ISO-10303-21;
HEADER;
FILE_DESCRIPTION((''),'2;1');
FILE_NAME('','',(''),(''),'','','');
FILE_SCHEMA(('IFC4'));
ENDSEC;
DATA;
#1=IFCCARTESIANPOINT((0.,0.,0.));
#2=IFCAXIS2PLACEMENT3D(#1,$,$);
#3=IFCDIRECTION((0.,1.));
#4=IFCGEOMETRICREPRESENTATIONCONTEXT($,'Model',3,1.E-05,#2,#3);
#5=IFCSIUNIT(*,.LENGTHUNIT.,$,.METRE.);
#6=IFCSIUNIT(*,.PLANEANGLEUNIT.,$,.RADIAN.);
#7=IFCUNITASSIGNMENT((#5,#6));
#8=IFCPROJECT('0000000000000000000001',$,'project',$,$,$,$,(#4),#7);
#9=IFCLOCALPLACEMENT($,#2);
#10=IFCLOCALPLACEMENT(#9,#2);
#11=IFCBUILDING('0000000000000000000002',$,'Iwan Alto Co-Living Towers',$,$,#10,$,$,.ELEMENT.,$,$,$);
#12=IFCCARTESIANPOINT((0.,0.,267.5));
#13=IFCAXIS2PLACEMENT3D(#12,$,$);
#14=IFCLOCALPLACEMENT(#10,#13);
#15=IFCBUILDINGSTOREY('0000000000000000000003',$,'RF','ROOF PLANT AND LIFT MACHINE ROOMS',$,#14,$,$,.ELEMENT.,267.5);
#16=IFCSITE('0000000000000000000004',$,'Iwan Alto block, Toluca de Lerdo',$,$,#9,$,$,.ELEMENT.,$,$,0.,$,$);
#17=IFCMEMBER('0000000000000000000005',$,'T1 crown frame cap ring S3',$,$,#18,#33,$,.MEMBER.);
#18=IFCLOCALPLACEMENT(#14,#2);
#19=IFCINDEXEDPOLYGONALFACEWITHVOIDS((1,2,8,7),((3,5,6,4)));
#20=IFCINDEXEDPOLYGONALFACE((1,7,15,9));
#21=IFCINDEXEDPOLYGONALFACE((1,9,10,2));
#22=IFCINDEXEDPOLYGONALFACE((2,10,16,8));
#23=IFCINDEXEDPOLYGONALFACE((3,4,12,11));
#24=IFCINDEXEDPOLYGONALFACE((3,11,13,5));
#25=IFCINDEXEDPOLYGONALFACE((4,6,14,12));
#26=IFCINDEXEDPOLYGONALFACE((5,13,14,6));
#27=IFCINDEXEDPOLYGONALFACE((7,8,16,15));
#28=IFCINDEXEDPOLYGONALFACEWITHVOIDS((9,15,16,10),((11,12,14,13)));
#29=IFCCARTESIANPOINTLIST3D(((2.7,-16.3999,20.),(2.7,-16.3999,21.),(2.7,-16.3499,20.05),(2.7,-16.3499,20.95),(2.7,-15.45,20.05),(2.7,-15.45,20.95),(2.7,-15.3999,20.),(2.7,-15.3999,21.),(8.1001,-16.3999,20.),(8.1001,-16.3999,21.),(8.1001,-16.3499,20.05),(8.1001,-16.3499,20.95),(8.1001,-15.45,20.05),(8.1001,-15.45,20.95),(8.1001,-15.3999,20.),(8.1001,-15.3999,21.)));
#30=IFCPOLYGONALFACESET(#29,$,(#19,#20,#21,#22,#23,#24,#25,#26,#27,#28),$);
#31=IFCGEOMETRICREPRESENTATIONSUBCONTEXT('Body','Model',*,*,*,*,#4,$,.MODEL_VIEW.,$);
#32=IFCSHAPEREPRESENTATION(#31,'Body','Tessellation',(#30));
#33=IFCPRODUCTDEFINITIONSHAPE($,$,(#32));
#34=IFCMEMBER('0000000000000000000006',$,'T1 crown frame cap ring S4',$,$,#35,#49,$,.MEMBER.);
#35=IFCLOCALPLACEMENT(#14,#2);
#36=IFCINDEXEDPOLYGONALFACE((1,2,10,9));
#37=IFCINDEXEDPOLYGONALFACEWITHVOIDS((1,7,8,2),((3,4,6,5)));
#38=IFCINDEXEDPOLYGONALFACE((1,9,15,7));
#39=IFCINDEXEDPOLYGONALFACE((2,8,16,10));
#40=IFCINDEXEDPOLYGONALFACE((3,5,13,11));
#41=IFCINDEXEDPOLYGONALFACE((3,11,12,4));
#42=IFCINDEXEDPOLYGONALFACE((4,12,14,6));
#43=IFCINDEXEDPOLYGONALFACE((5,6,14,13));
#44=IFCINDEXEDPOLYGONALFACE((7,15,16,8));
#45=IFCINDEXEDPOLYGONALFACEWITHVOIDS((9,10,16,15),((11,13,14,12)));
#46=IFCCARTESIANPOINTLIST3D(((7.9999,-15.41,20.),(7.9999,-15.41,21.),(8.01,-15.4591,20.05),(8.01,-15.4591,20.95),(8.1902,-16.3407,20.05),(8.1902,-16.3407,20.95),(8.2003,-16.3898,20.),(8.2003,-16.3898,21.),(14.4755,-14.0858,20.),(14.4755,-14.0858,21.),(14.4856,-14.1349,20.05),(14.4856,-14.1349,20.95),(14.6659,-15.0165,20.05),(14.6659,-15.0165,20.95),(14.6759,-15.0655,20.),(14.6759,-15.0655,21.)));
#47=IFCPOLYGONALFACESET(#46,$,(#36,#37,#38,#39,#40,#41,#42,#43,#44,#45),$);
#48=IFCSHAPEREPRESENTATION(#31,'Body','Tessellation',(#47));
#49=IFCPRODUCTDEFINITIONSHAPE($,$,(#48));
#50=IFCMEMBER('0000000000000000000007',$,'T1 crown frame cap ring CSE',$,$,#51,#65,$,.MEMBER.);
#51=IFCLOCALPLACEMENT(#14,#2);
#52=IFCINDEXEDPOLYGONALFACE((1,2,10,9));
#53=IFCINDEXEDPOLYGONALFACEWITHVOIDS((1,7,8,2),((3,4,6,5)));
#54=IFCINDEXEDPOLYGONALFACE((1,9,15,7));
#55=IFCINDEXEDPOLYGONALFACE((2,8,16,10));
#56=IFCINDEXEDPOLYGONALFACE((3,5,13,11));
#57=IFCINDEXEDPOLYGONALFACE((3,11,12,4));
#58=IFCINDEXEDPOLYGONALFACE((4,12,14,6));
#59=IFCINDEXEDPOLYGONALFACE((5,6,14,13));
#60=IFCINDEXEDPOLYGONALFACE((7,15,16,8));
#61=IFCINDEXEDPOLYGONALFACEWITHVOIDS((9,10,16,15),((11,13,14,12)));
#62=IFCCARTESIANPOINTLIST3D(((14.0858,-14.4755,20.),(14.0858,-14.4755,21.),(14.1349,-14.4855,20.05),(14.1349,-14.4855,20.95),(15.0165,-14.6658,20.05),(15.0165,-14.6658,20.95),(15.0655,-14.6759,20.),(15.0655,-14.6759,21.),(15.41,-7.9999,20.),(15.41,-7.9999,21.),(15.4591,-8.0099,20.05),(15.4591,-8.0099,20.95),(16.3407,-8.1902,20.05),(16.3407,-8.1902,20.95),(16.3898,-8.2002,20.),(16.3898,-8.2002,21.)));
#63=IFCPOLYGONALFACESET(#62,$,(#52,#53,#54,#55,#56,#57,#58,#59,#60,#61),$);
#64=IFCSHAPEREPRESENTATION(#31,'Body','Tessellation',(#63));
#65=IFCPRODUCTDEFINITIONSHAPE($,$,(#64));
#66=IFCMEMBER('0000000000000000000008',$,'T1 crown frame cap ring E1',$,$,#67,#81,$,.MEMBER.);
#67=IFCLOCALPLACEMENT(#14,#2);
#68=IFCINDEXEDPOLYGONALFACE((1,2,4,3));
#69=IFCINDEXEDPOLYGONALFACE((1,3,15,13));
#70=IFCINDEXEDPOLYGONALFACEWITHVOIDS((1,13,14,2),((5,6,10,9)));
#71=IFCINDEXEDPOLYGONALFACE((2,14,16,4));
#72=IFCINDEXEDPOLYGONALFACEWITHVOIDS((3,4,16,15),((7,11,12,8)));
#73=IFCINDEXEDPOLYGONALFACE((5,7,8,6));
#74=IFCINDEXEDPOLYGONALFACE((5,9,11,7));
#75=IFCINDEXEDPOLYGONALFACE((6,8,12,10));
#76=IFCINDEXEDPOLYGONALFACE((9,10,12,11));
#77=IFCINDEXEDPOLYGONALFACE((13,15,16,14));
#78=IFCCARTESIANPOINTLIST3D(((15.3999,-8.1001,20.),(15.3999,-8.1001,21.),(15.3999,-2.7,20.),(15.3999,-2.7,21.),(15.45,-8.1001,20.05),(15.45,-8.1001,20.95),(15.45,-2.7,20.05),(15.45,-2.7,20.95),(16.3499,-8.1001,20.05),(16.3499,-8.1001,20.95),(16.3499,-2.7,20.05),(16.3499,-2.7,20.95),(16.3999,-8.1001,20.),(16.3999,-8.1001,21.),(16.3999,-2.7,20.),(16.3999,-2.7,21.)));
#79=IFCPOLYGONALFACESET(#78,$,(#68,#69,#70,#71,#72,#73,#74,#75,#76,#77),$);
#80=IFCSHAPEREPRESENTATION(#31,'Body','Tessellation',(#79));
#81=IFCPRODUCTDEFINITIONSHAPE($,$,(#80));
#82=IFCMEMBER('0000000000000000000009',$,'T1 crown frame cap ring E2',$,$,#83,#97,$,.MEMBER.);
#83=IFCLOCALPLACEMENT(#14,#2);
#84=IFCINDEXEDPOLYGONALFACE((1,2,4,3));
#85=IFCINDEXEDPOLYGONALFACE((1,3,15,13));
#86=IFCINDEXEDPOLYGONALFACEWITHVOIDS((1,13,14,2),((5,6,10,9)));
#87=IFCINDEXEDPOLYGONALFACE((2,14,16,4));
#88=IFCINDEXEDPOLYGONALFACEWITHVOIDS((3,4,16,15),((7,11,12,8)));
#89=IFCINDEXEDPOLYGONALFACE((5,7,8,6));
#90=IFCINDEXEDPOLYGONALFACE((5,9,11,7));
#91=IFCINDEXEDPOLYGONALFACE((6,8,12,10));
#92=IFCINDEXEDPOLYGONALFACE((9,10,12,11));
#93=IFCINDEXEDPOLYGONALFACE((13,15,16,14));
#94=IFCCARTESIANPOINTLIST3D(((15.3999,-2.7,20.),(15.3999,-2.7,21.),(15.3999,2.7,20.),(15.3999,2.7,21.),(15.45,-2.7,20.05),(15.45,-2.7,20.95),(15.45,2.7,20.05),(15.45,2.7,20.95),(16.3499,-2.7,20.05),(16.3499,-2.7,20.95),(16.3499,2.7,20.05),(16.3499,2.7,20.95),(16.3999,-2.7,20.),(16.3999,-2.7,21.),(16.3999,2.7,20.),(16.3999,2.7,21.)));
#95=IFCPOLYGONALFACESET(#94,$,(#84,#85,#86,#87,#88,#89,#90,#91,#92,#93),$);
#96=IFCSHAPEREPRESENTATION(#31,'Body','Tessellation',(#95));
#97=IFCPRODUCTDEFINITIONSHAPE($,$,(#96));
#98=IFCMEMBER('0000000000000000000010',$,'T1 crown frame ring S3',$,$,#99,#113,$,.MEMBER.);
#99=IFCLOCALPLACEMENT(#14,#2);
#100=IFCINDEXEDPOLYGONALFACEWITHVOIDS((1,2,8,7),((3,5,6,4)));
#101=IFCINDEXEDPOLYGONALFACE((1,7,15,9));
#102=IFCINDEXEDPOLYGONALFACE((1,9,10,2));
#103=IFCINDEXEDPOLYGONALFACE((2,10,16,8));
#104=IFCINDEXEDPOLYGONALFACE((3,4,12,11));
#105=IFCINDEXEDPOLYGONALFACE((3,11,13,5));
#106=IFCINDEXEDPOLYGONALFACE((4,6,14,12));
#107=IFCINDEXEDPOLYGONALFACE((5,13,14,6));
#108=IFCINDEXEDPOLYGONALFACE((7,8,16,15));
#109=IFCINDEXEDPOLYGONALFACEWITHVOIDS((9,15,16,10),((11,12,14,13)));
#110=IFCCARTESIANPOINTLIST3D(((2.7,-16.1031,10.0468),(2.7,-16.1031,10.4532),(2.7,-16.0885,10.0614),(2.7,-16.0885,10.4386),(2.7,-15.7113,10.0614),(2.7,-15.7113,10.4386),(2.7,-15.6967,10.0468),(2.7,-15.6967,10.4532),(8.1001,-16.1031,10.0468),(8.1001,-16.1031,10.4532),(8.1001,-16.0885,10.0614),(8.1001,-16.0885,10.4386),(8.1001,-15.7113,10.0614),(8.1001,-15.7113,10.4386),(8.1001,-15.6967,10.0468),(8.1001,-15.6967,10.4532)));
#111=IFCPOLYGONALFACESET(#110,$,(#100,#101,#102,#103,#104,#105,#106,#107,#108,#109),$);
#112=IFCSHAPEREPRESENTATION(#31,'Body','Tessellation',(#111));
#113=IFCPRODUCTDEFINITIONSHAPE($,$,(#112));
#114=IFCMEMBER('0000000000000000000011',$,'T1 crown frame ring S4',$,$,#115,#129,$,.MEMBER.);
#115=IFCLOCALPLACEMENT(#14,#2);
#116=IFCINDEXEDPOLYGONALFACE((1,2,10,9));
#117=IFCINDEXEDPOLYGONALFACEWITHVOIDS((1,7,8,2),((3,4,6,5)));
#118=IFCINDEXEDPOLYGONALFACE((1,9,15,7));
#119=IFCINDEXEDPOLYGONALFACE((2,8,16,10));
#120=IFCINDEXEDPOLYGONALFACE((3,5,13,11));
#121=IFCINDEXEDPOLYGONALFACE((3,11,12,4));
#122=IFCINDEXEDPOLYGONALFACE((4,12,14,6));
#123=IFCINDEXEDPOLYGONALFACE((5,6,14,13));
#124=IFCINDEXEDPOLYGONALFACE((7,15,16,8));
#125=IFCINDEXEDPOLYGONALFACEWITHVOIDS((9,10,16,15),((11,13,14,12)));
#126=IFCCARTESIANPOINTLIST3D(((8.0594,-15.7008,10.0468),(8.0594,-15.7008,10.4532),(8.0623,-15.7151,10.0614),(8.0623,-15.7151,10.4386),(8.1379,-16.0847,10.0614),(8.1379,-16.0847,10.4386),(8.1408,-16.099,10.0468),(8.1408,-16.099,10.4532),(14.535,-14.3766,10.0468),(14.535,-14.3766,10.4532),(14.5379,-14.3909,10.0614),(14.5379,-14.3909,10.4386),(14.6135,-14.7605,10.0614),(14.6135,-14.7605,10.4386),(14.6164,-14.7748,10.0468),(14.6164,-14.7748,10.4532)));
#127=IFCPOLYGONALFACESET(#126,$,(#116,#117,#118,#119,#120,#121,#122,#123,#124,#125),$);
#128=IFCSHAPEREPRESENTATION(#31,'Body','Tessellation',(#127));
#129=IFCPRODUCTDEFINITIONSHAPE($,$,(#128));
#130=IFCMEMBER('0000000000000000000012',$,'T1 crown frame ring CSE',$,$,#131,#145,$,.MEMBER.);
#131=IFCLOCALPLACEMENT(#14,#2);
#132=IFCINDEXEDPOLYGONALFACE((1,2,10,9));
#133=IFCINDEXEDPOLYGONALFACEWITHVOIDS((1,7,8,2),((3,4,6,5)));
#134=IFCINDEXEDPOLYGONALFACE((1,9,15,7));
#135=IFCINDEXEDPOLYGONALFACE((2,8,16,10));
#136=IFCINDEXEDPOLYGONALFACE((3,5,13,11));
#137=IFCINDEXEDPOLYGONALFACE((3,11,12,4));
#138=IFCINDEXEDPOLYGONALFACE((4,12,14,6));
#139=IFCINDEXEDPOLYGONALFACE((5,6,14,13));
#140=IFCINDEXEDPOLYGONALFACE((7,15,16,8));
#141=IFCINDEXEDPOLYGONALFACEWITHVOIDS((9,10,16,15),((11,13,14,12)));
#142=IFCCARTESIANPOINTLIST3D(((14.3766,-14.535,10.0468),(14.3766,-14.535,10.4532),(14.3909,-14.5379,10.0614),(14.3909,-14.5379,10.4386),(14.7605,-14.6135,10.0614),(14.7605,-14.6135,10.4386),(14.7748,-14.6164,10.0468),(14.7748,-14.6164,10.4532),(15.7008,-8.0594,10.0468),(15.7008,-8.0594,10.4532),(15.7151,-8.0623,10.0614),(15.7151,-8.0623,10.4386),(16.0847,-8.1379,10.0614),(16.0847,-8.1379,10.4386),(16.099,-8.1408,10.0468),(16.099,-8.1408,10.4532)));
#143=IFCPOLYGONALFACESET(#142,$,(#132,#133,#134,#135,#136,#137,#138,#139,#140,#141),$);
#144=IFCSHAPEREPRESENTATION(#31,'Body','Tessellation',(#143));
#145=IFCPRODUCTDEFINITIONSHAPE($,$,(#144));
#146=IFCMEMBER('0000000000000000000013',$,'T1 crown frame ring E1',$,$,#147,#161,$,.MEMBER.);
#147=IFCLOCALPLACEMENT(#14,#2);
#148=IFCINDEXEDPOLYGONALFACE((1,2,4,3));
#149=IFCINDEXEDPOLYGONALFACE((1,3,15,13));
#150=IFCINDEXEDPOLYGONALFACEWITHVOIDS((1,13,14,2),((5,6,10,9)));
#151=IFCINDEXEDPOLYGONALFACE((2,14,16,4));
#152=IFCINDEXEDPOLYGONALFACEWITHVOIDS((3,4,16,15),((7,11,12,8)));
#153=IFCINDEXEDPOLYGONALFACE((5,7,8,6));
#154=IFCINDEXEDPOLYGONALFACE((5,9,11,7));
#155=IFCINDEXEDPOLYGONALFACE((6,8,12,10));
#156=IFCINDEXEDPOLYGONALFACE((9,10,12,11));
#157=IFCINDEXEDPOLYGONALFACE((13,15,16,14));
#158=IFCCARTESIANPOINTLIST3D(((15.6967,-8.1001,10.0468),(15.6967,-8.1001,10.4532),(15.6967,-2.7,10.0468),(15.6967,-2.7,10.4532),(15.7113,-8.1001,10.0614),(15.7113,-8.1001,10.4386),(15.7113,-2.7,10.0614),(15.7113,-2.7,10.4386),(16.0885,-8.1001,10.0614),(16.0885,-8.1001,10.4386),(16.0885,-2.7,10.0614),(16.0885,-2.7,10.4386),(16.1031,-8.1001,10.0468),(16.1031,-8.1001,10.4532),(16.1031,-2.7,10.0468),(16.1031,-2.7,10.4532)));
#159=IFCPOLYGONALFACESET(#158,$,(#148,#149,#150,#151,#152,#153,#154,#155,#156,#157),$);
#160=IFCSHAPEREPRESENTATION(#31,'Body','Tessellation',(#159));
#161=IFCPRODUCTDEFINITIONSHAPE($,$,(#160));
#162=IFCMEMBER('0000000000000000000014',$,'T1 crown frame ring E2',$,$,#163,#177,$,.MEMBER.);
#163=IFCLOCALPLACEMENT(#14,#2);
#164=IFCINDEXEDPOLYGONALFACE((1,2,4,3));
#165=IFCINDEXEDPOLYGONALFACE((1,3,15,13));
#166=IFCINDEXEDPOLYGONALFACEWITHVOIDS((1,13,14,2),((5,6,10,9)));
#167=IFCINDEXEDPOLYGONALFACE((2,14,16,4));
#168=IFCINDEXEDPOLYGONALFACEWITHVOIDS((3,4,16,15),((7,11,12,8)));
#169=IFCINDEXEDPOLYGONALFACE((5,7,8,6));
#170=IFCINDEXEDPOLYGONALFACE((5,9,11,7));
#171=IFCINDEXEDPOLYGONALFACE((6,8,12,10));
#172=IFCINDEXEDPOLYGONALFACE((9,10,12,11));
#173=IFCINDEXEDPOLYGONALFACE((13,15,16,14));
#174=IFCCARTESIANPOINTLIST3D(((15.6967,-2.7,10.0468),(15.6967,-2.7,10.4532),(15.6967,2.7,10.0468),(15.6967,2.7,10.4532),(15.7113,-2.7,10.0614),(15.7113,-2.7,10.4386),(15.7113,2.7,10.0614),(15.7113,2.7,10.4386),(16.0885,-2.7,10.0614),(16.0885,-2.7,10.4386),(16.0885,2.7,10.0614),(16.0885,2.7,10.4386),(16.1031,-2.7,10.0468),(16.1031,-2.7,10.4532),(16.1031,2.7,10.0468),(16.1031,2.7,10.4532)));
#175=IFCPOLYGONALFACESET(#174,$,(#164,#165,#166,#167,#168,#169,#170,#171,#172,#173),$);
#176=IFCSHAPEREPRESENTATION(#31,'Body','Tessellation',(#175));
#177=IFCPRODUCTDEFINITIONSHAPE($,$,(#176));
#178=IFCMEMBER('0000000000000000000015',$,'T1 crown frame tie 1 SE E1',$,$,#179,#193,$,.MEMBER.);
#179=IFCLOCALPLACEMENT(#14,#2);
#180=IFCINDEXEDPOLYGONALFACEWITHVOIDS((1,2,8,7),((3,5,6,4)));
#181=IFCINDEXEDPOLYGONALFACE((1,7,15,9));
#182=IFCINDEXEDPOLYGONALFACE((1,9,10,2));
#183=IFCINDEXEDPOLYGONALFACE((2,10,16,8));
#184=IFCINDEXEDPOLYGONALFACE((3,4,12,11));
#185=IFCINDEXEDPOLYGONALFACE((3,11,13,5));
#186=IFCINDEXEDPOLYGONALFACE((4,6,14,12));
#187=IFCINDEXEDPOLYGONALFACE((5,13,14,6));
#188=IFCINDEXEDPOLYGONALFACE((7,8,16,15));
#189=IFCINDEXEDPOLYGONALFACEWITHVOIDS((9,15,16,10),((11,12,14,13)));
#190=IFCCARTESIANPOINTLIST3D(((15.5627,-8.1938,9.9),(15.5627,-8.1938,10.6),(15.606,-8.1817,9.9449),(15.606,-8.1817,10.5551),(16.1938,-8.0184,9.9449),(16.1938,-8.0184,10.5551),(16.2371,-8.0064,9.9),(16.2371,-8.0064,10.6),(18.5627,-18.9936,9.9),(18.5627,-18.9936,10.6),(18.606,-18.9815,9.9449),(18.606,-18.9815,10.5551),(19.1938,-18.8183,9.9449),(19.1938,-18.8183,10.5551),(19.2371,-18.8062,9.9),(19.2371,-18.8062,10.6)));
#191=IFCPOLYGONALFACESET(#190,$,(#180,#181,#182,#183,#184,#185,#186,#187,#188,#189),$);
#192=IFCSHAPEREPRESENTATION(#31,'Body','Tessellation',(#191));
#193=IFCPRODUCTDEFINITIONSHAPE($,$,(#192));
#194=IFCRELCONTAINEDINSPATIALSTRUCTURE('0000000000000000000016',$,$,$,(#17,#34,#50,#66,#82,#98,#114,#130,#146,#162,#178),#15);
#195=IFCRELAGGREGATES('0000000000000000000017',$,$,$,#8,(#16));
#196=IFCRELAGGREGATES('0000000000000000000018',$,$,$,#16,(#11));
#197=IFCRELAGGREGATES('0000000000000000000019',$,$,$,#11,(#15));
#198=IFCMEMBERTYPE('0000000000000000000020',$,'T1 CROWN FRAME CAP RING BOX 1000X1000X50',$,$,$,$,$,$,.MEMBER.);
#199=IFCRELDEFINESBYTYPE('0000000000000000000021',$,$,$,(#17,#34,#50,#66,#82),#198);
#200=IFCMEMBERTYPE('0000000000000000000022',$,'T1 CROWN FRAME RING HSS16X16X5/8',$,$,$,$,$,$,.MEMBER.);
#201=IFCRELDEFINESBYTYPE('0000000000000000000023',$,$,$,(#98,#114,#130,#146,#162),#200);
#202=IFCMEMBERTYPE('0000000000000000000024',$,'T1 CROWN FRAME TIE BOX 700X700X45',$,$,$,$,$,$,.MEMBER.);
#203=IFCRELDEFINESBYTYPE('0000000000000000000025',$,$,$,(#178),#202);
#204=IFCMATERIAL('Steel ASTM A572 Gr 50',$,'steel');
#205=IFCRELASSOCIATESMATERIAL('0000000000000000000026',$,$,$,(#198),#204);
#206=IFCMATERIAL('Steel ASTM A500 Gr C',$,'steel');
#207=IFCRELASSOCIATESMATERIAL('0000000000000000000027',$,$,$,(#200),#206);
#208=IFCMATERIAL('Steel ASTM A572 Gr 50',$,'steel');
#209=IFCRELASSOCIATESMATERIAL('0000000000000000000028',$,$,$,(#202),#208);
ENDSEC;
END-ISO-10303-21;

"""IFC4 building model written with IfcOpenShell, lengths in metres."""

from ifc_helpers import new_model, si_unit, direction, frame, origin, origin_2d, place, context, subcontext, project, spatial, hollow_rectangle, extrude, material, material_profile, profile_set, type_object, element, save


model = new_model("IFC4")

# Units and contexts
model_context = context("Model", 3, precision=1e-05, world=origin(), true_north=direction((0.0, 1.0)))
body_context = subcontext(model_context, "Body", "Model", "MODEL_VIEW")
ifc_project = project(units=[si_unit("LENGTHUNIT", "METRE"), si_unit("PLANEANGLEUNIT", "RADIAN")], contexts=[model_context])

# Site, building, storey
site_placement = place(None, origin())
site = spatial("IfcSite", under=ifc_project, at=site_placement, Name="Iwan Alto block, Toluca de Lerdo", CompositionType="ELEMENT", RefElevation=0.0)
building_placement = place(site_placement, origin())
building = spatial("IfcBuilding", under=site, at=building_placement, Name="Iwan Alto Co-Living Towers", CompositionType="ELEMENT")
storey_placement = place(building_placement, frame((0.0, 0.0, 267.5)))
storey = spatial("IfcBuildingStorey", under=building, at=storey_placement, Name="RF", Description="ROOF PLANT AND LIFT MACHINE ROOMS", CompositionType="ELEMENT", Elevation=267.5)

# Members
ifc_material_1 = material(Name="Steel ASTM A572 Gr 50", Category="steel")
ifc_material_profile_1 = material_profile(ifc_material_1, hollow_rectangle(XDim=1.0, YDim=1.0, WallThickness=0.05, at=origin_2d()), Name="BOX 1000X1000X50")
ifc_profile_set_1 = profile_set([ifc_material_profile_1], Name="Steel ASTM A572 Gr 50")
member_type_1 = type_object("IfcMemberType", Name="T1 CROWN FRAME CAP RING BOX 1000X1000X50", PredefinedType="MEMBER", material=ifc_profile_set_1)
member_1_placement = place(storey_placement, frame((2.7, -15.8999, 20.5), z_axis=(1.0, 0.0, 0.0), x_axis=(0.0, 1.0, 0.0)))
element("IfcMember", 1, at=member_1_placement, inside=storey, type_object=member_type_1, Name="T1 crown frame cap ring S3", PredefinedType="MEMBER", context=body_context, shape_type="SweptSolid", body=[
    extrude(hollow_rectangle(XDim=1.0, YDim=1.0, WallThickness=0.05, at=origin_2d()), origin(), (0.0, 0.0, 1.0), 5.4001),
])
for number, where, z_axis, x_axis, name in (
    (2, (8.1001, -15.8999, 20.5), (0.979725, 0.200348, 0.0), (-0.200348, 0.979725, 0.0), "T1 crown frame cap ring S4"),
    (3, (14.5757, -14.5757, 20.5), (0.200348, 0.979725, 0.0), (-0.979725, 0.200348, 0.0), "T1 crown frame cap ring CSE"),
):
    element("IfcMember", number, at=place(storey_placement, frame(where, z_axis=z_axis, x_axis=x_axis)), inside=storey, type_object=member_type_1, Name=name, PredefinedType="MEMBER", context=body_context, shape_type="SweptSolid", body=[
        extrude(hollow_rectangle(XDim=1.0, YDim=1.0, WallThickness=0.05, at=origin_2d()), origin(), (0.0, 0.0, 1.0), 6.6096),
    ])
member_2_placement = place(storey_placement, frame((15.8999, -8.1001, 20.5), z_axis=(0.0, 1.0, 0.0), x_axis=(-1.0, 0.0, 0.0)))
element("IfcMember", 4, at=member_2_placement, inside=storey, type_object=member_type_1, Name="T1 crown frame cap ring E1", PredefinedType="MEMBER", context=body_context, shape_type="SweptSolid", body=[
    extrude(hollow_rectangle(XDim=1.0, YDim=1.0, WallThickness=0.05, at=origin_2d()), origin(), (0.0, 0.0, 1.0), 5.4001),
])
member_3_placement = place(storey_placement, frame((15.8999, -2.7, 20.5), z_axis=(0.0, 1.0, 0.0), x_axis=(-1.0, 0.0, 0.0)))
element("IfcMember", 5, at=member_3_placement, inside=storey, type_object=member_type_1, Name="T1 crown frame cap ring E2", PredefinedType="MEMBER", context=body_context, shape_type="SweptSolid", body=[
    extrude(hollow_rectangle(XDim=1.0, YDim=1.0, WallThickness=0.05, at=origin_2d()), origin(), (0.0, 0.0, 1.0), 5.3999),
])
ifc_material_2 = material(Name="Steel ASTM A500 Gr C", Category="steel")
ifc_material_profile_2 = material_profile(ifc_material_2, hollow_rectangle(XDim=0.4065, YDim=0.4065, WallThickness=0.0146, at=origin_2d()), Name="HSS16X16X5/8")
ifc_profile_set_2 = profile_set([ifc_material_profile_2], Name="Steel ASTM A500 Gr C")
member_type_2 = type_object("IfcMemberType", Name="T1 CROWN FRAME RING HSS16X16X5/8", PredefinedType="MEMBER", material=ifc_profile_set_2)
member_4_placement = place(storey_placement, frame((2.7, -15.8999, 10.25), z_axis=(1.0, 0.0, 0.0), x_axis=(0.0, 1.0, 0.0)))
element("IfcMember", 6, at=member_4_placement, inside=storey, type_object=member_type_2, Name="T1 crown frame ring S3", PredefinedType="MEMBER", context=body_context, shape_type="SweptSolid", body=[
    extrude(hollow_rectangle(XDim=0.4065, YDim=0.4065, WallThickness=0.0146, at=origin_2d()), origin(), (0.0, 0.0, 1.0), 5.4001),
])
for number, where, z_axis, x_axis, name in (
    (7, (8.1001, -15.8999, 10.25), (0.979725, 0.200348, 0.0), (-0.200348, 0.979725, 0.0), "T1 crown frame ring S4"),
    (8, (14.5757, -14.5757, 10.25), (0.200348, 0.979725, 0.0), (-0.979725, 0.200348, 0.0), "T1 crown frame ring CSE"),
):
    element("IfcMember", number, at=place(storey_placement, frame(where, z_axis=z_axis, x_axis=x_axis)), inside=storey, type_object=member_type_2, Name=name, PredefinedType="MEMBER", context=body_context, shape_type="SweptSolid", body=[
        extrude(hollow_rectangle(XDim=0.4065, YDim=0.4065, WallThickness=0.0146, at=origin_2d()), origin(), (0.0, 0.0, 1.0), 6.6096),
    ])
member_5_placement = place(storey_placement, frame((15.8999, -8.1001, 10.25), z_axis=(0.0, 1.0, 0.0), x_axis=(-1.0, 0.0, 0.0)))
element("IfcMember", 9, at=member_5_placement, inside=storey, type_object=member_type_2, Name="T1 crown frame ring E1", PredefinedType="MEMBER", context=body_context, shape_type="SweptSolid", body=[
    extrude(hollow_rectangle(XDim=0.4065, YDim=0.4065, WallThickness=0.0146, at=origin_2d()), origin(), (0.0, 0.0, 1.0), 5.4001),
])
member_6_placement = place(storey_placement, frame((15.8999, -2.7, 10.25), z_axis=(0.0, 1.0, 0.0), x_axis=(-1.0, 0.0, 0.0)))
element("IfcMember", 10, at=member_6_placement, inside=storey, type_object=member_type_2, Name="T1 crown frame ring E2", PredefinedType="MEMBER", context=body_context, shape_type="SweptSolid", body=[
    extrude(hollow_rectangle(XDim=0.4065, YDim=0.4065, WallThickness=0.0146, at=origin_2d()), origin(), (0.0, 0.0, 1.0), 5.3999),
])
ifc_material_3 = material(Name="Steel ASTM A572 Gr 50", Category="steel")
ifc_material_profile_3 = material_profile(ifc_material_3, hollow_rectangle(XDim=0.7, YDim=0.7, WallThickness=0.0449, at=origin_2d()), Name="BOX 700X700X45")
ifc_profile_set_3 = profile_set([ifc_material_profile_3], Name="Steel ASTM A572 Gr 50")
member_type_3 = type_object("IfcMemberType", Name="T1 CROWN FRAME TIE BOX 700X700X45", PredefinedType="MEMBER", material=ifc_profile_set_3)
for number, where, z_axis, x_axis, name in (
    (11, (18.8999, -18.8999, 10.25), (-0.267648, 0.963517, 0.0), (-0.963517, -0.267648, 0.0), "T1 crown frame tie 1 SE E1"),
):
    element("IfcMember", number, at=place(storey_placement, frame(where, z_axis=z_axis, x_axis=x_axis)), inside=storey, type_object=member_type_3, Name=name, PredefinedType="MEMBER", context=body_context, shape_type="SweptSolid", body=[
        extrude(hollow_rectangle(XDim=0.7, YDim=0.7, WallThickness=0.0449, at=origin_2d()), origin(), (0.0, 0.0, 1.0), 11.2087),
    ])

save(model, "model.ifc")
